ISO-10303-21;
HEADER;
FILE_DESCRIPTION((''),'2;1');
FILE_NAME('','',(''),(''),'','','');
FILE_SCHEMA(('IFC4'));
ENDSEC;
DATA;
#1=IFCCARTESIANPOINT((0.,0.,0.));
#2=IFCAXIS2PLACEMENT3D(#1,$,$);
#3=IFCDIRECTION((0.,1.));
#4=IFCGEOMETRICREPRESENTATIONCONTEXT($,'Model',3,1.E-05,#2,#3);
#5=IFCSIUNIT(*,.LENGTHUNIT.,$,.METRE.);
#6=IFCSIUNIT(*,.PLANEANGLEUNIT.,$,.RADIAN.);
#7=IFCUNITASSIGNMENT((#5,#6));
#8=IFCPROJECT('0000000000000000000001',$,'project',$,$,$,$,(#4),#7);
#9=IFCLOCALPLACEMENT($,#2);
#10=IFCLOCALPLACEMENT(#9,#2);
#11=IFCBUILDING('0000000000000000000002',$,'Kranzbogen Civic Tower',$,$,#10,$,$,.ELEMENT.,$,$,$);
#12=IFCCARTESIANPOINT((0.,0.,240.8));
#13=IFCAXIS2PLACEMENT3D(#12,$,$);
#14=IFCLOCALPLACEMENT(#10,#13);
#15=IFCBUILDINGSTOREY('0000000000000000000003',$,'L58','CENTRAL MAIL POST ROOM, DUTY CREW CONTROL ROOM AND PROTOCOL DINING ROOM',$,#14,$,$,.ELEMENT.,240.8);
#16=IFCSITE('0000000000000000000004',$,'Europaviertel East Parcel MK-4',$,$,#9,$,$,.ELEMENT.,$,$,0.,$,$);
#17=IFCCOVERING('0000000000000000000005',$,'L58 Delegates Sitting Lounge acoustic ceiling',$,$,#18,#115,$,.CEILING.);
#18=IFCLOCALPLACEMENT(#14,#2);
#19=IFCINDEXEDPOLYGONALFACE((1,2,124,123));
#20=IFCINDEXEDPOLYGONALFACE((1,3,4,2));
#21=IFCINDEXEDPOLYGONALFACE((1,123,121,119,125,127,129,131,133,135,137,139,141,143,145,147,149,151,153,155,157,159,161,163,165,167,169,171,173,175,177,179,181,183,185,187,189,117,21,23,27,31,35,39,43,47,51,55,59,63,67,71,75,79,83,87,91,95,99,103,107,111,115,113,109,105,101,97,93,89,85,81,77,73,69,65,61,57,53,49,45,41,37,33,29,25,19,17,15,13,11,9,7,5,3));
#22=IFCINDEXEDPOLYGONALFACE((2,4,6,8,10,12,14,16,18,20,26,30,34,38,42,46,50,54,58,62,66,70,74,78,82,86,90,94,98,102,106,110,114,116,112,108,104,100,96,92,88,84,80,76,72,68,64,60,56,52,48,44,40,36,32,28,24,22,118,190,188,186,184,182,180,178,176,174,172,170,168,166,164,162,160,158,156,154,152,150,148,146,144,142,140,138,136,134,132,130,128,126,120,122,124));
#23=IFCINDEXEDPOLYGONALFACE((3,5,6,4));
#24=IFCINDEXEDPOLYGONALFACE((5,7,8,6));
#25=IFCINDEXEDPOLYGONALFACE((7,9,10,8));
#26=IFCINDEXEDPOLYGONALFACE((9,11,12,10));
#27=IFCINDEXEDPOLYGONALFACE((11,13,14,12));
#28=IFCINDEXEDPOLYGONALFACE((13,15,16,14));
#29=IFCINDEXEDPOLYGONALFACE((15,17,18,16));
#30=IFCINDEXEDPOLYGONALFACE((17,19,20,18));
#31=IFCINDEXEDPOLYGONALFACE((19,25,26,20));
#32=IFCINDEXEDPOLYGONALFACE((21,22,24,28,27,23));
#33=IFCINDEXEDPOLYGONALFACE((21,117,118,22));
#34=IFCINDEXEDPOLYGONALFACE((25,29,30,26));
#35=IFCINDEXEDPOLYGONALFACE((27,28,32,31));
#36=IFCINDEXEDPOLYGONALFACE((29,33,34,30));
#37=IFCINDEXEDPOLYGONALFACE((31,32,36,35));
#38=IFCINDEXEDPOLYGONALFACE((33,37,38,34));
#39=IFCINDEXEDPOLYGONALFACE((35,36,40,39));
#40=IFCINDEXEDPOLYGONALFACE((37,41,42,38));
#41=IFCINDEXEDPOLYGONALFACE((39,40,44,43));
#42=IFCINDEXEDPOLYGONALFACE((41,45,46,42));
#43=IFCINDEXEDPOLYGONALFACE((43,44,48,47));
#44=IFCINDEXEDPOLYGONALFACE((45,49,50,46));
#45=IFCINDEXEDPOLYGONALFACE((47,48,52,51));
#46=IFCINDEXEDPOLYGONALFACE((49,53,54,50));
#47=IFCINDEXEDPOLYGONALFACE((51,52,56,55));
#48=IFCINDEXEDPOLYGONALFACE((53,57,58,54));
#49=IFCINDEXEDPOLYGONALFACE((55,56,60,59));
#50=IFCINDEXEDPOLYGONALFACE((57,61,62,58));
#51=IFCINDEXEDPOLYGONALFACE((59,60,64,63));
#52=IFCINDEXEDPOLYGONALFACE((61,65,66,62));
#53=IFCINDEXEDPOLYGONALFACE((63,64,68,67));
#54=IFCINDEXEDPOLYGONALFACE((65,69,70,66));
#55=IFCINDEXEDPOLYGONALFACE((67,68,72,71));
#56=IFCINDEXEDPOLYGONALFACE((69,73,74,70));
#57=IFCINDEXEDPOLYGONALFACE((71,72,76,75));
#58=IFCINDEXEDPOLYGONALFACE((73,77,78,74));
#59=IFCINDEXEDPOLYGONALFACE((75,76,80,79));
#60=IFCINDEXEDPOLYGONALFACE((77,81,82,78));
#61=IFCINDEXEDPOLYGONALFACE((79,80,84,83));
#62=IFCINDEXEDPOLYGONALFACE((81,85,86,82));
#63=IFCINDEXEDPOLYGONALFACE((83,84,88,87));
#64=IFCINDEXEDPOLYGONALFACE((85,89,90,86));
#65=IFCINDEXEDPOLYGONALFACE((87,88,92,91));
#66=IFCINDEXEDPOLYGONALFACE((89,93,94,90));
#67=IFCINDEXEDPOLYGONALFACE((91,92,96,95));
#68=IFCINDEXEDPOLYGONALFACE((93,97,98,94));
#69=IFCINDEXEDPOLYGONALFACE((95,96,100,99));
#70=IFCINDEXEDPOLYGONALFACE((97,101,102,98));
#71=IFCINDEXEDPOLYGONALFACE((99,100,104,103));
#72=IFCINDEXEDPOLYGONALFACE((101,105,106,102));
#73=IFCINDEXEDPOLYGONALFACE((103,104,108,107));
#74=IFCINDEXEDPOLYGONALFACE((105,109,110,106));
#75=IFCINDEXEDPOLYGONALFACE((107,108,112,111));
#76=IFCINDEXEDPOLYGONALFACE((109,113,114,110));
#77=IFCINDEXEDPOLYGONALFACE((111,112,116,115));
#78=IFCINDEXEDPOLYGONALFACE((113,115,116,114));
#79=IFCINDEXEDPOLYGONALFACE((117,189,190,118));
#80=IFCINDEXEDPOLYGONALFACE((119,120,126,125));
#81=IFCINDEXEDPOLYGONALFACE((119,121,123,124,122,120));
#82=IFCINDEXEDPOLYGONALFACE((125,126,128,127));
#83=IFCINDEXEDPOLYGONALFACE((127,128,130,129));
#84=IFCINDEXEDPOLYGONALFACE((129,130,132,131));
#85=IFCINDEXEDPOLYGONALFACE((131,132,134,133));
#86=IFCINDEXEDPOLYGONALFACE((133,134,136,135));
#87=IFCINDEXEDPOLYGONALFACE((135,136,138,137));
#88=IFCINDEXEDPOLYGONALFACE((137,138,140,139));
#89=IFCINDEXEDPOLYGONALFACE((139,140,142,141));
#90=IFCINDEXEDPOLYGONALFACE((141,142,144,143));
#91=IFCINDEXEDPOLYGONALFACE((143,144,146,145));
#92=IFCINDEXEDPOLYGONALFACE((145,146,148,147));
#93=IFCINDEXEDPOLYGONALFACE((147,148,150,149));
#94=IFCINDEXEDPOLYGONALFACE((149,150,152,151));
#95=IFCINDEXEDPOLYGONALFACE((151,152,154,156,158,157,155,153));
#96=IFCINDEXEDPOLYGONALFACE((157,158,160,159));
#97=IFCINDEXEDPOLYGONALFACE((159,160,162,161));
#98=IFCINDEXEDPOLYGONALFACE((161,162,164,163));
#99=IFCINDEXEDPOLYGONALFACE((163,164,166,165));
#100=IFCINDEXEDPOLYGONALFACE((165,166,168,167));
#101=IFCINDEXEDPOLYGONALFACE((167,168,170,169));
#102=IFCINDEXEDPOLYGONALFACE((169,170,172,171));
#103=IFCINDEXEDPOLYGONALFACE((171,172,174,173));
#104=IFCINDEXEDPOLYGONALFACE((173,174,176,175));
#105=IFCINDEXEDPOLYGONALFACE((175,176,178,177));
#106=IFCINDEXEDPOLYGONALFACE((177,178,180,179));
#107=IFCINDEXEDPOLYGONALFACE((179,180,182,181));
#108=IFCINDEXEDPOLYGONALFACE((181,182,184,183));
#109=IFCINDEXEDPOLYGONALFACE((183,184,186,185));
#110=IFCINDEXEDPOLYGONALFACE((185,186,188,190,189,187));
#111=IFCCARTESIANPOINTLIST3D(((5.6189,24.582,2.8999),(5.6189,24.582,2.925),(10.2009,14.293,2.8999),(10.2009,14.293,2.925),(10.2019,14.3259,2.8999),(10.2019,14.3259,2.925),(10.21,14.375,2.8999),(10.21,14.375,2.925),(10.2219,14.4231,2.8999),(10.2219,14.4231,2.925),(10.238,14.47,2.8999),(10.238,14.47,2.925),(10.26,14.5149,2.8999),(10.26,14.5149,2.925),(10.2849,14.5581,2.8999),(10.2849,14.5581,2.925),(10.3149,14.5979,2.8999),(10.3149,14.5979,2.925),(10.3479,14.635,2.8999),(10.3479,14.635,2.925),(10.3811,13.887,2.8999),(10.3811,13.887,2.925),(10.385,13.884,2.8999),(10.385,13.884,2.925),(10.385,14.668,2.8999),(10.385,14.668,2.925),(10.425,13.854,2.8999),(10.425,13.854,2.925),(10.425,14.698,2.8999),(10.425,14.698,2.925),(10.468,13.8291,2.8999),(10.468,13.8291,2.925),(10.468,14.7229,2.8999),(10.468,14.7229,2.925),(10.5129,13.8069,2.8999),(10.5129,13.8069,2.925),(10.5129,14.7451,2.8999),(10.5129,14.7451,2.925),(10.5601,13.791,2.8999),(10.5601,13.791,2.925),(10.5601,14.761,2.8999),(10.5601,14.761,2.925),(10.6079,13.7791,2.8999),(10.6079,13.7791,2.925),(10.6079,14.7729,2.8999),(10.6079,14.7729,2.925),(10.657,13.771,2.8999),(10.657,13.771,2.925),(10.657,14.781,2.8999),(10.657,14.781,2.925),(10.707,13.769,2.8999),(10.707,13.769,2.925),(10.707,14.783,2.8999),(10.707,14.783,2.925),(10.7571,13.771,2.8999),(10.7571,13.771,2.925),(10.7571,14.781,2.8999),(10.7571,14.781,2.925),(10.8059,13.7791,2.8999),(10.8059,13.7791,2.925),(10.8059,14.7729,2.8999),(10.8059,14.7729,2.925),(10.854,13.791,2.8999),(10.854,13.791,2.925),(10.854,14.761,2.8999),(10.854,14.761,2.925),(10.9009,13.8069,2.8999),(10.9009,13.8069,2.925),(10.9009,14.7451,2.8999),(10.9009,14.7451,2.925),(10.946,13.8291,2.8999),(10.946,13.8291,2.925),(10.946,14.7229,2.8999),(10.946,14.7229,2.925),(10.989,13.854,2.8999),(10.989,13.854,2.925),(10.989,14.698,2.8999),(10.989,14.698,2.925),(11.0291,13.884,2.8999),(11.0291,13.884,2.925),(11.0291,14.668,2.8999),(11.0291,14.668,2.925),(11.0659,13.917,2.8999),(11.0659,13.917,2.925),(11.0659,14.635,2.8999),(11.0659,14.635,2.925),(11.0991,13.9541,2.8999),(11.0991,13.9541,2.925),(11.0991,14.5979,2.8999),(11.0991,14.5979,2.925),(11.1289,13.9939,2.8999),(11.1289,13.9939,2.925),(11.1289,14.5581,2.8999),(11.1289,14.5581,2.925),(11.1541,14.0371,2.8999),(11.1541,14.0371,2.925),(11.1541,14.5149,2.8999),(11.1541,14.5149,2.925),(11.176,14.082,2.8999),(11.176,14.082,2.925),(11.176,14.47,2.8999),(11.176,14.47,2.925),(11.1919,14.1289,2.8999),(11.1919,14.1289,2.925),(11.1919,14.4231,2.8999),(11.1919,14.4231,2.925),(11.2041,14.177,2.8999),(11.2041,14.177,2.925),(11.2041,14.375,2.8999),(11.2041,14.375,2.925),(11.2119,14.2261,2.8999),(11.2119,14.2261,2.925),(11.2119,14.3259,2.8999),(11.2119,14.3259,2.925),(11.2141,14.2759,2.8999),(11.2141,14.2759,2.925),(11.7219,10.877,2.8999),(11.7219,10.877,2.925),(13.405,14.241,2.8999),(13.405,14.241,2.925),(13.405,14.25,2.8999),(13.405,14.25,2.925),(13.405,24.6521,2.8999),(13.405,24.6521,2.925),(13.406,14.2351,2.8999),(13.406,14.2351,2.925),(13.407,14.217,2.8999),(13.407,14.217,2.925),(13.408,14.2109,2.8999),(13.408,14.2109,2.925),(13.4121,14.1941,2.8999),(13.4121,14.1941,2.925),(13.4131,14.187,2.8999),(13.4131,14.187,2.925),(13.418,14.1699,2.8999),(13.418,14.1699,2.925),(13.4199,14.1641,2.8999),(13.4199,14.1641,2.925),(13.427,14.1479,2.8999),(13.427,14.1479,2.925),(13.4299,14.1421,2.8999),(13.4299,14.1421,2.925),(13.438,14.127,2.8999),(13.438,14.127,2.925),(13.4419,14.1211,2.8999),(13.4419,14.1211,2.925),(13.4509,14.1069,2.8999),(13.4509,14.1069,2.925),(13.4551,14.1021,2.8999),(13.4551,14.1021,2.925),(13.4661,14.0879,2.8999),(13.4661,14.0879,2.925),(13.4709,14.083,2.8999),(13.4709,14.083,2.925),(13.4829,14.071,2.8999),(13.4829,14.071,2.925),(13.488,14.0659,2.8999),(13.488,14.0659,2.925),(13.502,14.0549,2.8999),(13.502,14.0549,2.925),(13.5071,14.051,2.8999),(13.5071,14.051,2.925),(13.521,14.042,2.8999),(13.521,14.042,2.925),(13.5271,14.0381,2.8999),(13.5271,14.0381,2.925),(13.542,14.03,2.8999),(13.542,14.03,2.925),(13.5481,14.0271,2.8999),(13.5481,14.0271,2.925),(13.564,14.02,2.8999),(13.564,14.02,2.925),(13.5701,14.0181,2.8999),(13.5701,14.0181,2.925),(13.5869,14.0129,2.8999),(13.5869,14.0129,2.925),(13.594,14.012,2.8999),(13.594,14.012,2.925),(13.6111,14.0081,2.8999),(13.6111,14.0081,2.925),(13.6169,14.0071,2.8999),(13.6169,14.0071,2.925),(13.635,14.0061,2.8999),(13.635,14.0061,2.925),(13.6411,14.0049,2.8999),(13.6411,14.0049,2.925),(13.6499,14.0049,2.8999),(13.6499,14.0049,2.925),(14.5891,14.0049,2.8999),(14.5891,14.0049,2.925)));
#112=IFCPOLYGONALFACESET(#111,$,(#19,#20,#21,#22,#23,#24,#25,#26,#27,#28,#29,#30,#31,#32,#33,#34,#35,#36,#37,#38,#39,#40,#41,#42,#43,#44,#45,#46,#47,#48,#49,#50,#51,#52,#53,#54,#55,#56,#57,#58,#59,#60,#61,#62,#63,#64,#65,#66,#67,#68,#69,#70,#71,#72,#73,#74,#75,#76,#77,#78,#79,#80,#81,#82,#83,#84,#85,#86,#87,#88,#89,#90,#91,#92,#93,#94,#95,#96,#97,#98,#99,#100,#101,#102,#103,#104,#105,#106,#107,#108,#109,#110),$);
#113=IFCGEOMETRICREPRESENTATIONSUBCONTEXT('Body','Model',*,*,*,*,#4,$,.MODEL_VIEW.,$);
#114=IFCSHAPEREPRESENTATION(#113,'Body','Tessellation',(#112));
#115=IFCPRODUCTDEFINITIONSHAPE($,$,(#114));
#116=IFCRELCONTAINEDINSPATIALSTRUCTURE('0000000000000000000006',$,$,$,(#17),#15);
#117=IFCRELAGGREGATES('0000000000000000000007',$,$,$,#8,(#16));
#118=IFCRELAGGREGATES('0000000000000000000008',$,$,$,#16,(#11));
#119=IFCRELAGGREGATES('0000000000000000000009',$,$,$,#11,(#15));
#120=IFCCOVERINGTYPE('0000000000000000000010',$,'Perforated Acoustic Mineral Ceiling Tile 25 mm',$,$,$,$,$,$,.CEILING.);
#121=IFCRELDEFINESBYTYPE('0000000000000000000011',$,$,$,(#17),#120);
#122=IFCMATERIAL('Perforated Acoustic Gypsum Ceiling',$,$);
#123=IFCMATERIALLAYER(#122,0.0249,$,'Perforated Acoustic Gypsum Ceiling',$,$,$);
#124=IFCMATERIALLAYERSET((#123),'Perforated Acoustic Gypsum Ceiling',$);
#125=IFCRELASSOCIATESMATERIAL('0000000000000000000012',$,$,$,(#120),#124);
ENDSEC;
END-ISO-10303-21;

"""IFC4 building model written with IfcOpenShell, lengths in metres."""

from ifc_helpers import new_model, si_unit, direction, frame, origin, place, context, subcontext, project, spatial, polyline, outline, extrude, material, layer, layer_set, type_object, element, save


model = new_model("IFC4")

# Units and contexts
model_context = context("Model", 3, precision=1e-05, world=origin(), true_north=direction((0.0, 1.0)))
body_context = subcontext(model_context, "Body", "Model", "MODEL_VIEW")
ifc_project = project(units=[si_unit("LENGTHUNIT", "METRE"), si_unit("PLANEANGLEUNIT", "RADIAN")], contexts=[model_context])

# Site, building, storey
site_placement = place(None, origin())
site = spatial("IfcSite", under=ifc_project, at=site_placement, Name="Europaviertel East Parcel MK-4", CompositionType="ELEMENT", RefElevation=0.0)
building_placement = place(site_placement, origin())
building = spatial("IfcBuilding", under=site, at=building_placement, Name="Kranzbogen Civic Tower", CompositionType="ELEMENT")
storey_placement = place(building_placement, frame((0.0, 0.0, 240.8)))
storey = spatial("IfcBuildingStorey", under=building, at=storey_placement, Name="L58", Description="CENTRAL MAIL POST ROOM, DUTY CREW CONTROL ROOM AND PROTOCOL DINING ROOM", CompositionType="ELEMENT", Elevation=240.8)

# Covering
ifc_material_1 = material(Name="Perforated Acoustic Gypsum Ceiling")
ifc_layer_1 = layer(ifc_material_1, 0.0249, Name="Perforated Acoustic Gypsum Ceiling")
ifc_layer_set_1 = layer_set([ifc_layer_1], Name="Perforated Acoustic Gypsum Ceiling")
covering_type = type_object("IfcCoveringType", Name="Perforated Acoustic Mineral Ceiling Tile 25 mm", PredefinedType="CEILING", material=ifc_layer_set_1)
covering_1_placement = place(storey_placement, frame((0.0, 0.0, 2.8999)))
element("IfcCovering", 1, at=covering_1_placement, inside=storey, type_object=covering_type, Name="L58 Delegates Sitting Lounge acoustic ceiling", PredefinedType="CEILING", context=body_context, shape_type="SweptSolid", body=[
    extrude(outline(polyline([(13.405, 24.6521), (13.405, 14.25), (13.405, 14.241), (13.406, 14.2351), (13.407, 14.217), (13.408, 14.2109), (13.4121, 14.1941), (13.4131, 14.187), (13.418, 14.1699), (13.4199, 14.1641), (13.427, 14.1479), (13.4299, 14.1421), (13.438, 14.127), (13.4419, 14.1211), (13.4509, 14.1069), (13.4551, 14.1021), (13.4661, 14.0879), (13.4709, 14.083), (13.4829, 14.071), (13.488, 14.0659), (13.502, 14.0549), (13.5071, 14.051), (13.521, 14.042), (13.5271, 14.0381), (13.542, 14.03), (13.5481, 14.0271), (13.564, 14.02), (13.5701, 14.0181), (13.5869, 14.0129), (13.594, 14.012), (13.6111, 14.0081), (13.6169, 14.0071), (13.635, 14.0061), (13.6411, 14.0049), (13.6499, 14.0049), (14.5891, 14.0049), (11.7219, 10.877), (10.3811, 13.887), (10.385, 13.884), (10.425, 13.854), (10.468, 13.8291), (10.5129, 13.8069), (10.5601, 13.791), (10.6079, 13.7791), (10.657, 13.771), (10.707, 13.769), (10.7571, 13.771), (10.8059, 13.7791), (10.854, 13.791), (10.9009, 13.8069), (10.946, 13.8291), (10.989, 13.854), (11.0291, 13.884), (11.0659, 13.917), (11.0991, 13.9541), (11.1289, 13.9939), (11.1541, 14.0371), (11.176, 14.082), (11.1919, 14.1289), (11.2041, 14.177), (11.2119, 14.2261), (11.2141, 14.2759), (11.2119, 14.3259), (11.2041, 14.375), (11.1919, 14.4231), (11.176, 14.47), (11.1541, 14.5149), (11.1289, 14.5581), (11.0991, 14.5979), (11.0659, 14.635), (11.0291, 14.668), (10.989, 14.698), (10.946, 14.7229), (10.9009, 14.7451), (10.854, 14.761), (10.8059, 14.7729), (10.7571, 14.781), (10.707, 14.783), (10.657, 14.781), (10.6079, 14.7729), (10.5601, 14.761), (10.5129, 14.7451), (10.468, 14.7229), (10.425, 14.698), (10.385, 14.668), (10.3479, 14.635), (10.3149, 14.5979), (10.2849, 14.5581), (10.26, 14.5149), (10.238, 14.47), (10.2219, 14.4231), (10.21, 14.375), (10.2019, 14.3259), (10.2009, 14.293), (5.6189, 24.582), (13.405, 24.6521)])), origin(), (0.0, 0.0, 1.0), 0.0251),
])

save(model, "model.ifc")
